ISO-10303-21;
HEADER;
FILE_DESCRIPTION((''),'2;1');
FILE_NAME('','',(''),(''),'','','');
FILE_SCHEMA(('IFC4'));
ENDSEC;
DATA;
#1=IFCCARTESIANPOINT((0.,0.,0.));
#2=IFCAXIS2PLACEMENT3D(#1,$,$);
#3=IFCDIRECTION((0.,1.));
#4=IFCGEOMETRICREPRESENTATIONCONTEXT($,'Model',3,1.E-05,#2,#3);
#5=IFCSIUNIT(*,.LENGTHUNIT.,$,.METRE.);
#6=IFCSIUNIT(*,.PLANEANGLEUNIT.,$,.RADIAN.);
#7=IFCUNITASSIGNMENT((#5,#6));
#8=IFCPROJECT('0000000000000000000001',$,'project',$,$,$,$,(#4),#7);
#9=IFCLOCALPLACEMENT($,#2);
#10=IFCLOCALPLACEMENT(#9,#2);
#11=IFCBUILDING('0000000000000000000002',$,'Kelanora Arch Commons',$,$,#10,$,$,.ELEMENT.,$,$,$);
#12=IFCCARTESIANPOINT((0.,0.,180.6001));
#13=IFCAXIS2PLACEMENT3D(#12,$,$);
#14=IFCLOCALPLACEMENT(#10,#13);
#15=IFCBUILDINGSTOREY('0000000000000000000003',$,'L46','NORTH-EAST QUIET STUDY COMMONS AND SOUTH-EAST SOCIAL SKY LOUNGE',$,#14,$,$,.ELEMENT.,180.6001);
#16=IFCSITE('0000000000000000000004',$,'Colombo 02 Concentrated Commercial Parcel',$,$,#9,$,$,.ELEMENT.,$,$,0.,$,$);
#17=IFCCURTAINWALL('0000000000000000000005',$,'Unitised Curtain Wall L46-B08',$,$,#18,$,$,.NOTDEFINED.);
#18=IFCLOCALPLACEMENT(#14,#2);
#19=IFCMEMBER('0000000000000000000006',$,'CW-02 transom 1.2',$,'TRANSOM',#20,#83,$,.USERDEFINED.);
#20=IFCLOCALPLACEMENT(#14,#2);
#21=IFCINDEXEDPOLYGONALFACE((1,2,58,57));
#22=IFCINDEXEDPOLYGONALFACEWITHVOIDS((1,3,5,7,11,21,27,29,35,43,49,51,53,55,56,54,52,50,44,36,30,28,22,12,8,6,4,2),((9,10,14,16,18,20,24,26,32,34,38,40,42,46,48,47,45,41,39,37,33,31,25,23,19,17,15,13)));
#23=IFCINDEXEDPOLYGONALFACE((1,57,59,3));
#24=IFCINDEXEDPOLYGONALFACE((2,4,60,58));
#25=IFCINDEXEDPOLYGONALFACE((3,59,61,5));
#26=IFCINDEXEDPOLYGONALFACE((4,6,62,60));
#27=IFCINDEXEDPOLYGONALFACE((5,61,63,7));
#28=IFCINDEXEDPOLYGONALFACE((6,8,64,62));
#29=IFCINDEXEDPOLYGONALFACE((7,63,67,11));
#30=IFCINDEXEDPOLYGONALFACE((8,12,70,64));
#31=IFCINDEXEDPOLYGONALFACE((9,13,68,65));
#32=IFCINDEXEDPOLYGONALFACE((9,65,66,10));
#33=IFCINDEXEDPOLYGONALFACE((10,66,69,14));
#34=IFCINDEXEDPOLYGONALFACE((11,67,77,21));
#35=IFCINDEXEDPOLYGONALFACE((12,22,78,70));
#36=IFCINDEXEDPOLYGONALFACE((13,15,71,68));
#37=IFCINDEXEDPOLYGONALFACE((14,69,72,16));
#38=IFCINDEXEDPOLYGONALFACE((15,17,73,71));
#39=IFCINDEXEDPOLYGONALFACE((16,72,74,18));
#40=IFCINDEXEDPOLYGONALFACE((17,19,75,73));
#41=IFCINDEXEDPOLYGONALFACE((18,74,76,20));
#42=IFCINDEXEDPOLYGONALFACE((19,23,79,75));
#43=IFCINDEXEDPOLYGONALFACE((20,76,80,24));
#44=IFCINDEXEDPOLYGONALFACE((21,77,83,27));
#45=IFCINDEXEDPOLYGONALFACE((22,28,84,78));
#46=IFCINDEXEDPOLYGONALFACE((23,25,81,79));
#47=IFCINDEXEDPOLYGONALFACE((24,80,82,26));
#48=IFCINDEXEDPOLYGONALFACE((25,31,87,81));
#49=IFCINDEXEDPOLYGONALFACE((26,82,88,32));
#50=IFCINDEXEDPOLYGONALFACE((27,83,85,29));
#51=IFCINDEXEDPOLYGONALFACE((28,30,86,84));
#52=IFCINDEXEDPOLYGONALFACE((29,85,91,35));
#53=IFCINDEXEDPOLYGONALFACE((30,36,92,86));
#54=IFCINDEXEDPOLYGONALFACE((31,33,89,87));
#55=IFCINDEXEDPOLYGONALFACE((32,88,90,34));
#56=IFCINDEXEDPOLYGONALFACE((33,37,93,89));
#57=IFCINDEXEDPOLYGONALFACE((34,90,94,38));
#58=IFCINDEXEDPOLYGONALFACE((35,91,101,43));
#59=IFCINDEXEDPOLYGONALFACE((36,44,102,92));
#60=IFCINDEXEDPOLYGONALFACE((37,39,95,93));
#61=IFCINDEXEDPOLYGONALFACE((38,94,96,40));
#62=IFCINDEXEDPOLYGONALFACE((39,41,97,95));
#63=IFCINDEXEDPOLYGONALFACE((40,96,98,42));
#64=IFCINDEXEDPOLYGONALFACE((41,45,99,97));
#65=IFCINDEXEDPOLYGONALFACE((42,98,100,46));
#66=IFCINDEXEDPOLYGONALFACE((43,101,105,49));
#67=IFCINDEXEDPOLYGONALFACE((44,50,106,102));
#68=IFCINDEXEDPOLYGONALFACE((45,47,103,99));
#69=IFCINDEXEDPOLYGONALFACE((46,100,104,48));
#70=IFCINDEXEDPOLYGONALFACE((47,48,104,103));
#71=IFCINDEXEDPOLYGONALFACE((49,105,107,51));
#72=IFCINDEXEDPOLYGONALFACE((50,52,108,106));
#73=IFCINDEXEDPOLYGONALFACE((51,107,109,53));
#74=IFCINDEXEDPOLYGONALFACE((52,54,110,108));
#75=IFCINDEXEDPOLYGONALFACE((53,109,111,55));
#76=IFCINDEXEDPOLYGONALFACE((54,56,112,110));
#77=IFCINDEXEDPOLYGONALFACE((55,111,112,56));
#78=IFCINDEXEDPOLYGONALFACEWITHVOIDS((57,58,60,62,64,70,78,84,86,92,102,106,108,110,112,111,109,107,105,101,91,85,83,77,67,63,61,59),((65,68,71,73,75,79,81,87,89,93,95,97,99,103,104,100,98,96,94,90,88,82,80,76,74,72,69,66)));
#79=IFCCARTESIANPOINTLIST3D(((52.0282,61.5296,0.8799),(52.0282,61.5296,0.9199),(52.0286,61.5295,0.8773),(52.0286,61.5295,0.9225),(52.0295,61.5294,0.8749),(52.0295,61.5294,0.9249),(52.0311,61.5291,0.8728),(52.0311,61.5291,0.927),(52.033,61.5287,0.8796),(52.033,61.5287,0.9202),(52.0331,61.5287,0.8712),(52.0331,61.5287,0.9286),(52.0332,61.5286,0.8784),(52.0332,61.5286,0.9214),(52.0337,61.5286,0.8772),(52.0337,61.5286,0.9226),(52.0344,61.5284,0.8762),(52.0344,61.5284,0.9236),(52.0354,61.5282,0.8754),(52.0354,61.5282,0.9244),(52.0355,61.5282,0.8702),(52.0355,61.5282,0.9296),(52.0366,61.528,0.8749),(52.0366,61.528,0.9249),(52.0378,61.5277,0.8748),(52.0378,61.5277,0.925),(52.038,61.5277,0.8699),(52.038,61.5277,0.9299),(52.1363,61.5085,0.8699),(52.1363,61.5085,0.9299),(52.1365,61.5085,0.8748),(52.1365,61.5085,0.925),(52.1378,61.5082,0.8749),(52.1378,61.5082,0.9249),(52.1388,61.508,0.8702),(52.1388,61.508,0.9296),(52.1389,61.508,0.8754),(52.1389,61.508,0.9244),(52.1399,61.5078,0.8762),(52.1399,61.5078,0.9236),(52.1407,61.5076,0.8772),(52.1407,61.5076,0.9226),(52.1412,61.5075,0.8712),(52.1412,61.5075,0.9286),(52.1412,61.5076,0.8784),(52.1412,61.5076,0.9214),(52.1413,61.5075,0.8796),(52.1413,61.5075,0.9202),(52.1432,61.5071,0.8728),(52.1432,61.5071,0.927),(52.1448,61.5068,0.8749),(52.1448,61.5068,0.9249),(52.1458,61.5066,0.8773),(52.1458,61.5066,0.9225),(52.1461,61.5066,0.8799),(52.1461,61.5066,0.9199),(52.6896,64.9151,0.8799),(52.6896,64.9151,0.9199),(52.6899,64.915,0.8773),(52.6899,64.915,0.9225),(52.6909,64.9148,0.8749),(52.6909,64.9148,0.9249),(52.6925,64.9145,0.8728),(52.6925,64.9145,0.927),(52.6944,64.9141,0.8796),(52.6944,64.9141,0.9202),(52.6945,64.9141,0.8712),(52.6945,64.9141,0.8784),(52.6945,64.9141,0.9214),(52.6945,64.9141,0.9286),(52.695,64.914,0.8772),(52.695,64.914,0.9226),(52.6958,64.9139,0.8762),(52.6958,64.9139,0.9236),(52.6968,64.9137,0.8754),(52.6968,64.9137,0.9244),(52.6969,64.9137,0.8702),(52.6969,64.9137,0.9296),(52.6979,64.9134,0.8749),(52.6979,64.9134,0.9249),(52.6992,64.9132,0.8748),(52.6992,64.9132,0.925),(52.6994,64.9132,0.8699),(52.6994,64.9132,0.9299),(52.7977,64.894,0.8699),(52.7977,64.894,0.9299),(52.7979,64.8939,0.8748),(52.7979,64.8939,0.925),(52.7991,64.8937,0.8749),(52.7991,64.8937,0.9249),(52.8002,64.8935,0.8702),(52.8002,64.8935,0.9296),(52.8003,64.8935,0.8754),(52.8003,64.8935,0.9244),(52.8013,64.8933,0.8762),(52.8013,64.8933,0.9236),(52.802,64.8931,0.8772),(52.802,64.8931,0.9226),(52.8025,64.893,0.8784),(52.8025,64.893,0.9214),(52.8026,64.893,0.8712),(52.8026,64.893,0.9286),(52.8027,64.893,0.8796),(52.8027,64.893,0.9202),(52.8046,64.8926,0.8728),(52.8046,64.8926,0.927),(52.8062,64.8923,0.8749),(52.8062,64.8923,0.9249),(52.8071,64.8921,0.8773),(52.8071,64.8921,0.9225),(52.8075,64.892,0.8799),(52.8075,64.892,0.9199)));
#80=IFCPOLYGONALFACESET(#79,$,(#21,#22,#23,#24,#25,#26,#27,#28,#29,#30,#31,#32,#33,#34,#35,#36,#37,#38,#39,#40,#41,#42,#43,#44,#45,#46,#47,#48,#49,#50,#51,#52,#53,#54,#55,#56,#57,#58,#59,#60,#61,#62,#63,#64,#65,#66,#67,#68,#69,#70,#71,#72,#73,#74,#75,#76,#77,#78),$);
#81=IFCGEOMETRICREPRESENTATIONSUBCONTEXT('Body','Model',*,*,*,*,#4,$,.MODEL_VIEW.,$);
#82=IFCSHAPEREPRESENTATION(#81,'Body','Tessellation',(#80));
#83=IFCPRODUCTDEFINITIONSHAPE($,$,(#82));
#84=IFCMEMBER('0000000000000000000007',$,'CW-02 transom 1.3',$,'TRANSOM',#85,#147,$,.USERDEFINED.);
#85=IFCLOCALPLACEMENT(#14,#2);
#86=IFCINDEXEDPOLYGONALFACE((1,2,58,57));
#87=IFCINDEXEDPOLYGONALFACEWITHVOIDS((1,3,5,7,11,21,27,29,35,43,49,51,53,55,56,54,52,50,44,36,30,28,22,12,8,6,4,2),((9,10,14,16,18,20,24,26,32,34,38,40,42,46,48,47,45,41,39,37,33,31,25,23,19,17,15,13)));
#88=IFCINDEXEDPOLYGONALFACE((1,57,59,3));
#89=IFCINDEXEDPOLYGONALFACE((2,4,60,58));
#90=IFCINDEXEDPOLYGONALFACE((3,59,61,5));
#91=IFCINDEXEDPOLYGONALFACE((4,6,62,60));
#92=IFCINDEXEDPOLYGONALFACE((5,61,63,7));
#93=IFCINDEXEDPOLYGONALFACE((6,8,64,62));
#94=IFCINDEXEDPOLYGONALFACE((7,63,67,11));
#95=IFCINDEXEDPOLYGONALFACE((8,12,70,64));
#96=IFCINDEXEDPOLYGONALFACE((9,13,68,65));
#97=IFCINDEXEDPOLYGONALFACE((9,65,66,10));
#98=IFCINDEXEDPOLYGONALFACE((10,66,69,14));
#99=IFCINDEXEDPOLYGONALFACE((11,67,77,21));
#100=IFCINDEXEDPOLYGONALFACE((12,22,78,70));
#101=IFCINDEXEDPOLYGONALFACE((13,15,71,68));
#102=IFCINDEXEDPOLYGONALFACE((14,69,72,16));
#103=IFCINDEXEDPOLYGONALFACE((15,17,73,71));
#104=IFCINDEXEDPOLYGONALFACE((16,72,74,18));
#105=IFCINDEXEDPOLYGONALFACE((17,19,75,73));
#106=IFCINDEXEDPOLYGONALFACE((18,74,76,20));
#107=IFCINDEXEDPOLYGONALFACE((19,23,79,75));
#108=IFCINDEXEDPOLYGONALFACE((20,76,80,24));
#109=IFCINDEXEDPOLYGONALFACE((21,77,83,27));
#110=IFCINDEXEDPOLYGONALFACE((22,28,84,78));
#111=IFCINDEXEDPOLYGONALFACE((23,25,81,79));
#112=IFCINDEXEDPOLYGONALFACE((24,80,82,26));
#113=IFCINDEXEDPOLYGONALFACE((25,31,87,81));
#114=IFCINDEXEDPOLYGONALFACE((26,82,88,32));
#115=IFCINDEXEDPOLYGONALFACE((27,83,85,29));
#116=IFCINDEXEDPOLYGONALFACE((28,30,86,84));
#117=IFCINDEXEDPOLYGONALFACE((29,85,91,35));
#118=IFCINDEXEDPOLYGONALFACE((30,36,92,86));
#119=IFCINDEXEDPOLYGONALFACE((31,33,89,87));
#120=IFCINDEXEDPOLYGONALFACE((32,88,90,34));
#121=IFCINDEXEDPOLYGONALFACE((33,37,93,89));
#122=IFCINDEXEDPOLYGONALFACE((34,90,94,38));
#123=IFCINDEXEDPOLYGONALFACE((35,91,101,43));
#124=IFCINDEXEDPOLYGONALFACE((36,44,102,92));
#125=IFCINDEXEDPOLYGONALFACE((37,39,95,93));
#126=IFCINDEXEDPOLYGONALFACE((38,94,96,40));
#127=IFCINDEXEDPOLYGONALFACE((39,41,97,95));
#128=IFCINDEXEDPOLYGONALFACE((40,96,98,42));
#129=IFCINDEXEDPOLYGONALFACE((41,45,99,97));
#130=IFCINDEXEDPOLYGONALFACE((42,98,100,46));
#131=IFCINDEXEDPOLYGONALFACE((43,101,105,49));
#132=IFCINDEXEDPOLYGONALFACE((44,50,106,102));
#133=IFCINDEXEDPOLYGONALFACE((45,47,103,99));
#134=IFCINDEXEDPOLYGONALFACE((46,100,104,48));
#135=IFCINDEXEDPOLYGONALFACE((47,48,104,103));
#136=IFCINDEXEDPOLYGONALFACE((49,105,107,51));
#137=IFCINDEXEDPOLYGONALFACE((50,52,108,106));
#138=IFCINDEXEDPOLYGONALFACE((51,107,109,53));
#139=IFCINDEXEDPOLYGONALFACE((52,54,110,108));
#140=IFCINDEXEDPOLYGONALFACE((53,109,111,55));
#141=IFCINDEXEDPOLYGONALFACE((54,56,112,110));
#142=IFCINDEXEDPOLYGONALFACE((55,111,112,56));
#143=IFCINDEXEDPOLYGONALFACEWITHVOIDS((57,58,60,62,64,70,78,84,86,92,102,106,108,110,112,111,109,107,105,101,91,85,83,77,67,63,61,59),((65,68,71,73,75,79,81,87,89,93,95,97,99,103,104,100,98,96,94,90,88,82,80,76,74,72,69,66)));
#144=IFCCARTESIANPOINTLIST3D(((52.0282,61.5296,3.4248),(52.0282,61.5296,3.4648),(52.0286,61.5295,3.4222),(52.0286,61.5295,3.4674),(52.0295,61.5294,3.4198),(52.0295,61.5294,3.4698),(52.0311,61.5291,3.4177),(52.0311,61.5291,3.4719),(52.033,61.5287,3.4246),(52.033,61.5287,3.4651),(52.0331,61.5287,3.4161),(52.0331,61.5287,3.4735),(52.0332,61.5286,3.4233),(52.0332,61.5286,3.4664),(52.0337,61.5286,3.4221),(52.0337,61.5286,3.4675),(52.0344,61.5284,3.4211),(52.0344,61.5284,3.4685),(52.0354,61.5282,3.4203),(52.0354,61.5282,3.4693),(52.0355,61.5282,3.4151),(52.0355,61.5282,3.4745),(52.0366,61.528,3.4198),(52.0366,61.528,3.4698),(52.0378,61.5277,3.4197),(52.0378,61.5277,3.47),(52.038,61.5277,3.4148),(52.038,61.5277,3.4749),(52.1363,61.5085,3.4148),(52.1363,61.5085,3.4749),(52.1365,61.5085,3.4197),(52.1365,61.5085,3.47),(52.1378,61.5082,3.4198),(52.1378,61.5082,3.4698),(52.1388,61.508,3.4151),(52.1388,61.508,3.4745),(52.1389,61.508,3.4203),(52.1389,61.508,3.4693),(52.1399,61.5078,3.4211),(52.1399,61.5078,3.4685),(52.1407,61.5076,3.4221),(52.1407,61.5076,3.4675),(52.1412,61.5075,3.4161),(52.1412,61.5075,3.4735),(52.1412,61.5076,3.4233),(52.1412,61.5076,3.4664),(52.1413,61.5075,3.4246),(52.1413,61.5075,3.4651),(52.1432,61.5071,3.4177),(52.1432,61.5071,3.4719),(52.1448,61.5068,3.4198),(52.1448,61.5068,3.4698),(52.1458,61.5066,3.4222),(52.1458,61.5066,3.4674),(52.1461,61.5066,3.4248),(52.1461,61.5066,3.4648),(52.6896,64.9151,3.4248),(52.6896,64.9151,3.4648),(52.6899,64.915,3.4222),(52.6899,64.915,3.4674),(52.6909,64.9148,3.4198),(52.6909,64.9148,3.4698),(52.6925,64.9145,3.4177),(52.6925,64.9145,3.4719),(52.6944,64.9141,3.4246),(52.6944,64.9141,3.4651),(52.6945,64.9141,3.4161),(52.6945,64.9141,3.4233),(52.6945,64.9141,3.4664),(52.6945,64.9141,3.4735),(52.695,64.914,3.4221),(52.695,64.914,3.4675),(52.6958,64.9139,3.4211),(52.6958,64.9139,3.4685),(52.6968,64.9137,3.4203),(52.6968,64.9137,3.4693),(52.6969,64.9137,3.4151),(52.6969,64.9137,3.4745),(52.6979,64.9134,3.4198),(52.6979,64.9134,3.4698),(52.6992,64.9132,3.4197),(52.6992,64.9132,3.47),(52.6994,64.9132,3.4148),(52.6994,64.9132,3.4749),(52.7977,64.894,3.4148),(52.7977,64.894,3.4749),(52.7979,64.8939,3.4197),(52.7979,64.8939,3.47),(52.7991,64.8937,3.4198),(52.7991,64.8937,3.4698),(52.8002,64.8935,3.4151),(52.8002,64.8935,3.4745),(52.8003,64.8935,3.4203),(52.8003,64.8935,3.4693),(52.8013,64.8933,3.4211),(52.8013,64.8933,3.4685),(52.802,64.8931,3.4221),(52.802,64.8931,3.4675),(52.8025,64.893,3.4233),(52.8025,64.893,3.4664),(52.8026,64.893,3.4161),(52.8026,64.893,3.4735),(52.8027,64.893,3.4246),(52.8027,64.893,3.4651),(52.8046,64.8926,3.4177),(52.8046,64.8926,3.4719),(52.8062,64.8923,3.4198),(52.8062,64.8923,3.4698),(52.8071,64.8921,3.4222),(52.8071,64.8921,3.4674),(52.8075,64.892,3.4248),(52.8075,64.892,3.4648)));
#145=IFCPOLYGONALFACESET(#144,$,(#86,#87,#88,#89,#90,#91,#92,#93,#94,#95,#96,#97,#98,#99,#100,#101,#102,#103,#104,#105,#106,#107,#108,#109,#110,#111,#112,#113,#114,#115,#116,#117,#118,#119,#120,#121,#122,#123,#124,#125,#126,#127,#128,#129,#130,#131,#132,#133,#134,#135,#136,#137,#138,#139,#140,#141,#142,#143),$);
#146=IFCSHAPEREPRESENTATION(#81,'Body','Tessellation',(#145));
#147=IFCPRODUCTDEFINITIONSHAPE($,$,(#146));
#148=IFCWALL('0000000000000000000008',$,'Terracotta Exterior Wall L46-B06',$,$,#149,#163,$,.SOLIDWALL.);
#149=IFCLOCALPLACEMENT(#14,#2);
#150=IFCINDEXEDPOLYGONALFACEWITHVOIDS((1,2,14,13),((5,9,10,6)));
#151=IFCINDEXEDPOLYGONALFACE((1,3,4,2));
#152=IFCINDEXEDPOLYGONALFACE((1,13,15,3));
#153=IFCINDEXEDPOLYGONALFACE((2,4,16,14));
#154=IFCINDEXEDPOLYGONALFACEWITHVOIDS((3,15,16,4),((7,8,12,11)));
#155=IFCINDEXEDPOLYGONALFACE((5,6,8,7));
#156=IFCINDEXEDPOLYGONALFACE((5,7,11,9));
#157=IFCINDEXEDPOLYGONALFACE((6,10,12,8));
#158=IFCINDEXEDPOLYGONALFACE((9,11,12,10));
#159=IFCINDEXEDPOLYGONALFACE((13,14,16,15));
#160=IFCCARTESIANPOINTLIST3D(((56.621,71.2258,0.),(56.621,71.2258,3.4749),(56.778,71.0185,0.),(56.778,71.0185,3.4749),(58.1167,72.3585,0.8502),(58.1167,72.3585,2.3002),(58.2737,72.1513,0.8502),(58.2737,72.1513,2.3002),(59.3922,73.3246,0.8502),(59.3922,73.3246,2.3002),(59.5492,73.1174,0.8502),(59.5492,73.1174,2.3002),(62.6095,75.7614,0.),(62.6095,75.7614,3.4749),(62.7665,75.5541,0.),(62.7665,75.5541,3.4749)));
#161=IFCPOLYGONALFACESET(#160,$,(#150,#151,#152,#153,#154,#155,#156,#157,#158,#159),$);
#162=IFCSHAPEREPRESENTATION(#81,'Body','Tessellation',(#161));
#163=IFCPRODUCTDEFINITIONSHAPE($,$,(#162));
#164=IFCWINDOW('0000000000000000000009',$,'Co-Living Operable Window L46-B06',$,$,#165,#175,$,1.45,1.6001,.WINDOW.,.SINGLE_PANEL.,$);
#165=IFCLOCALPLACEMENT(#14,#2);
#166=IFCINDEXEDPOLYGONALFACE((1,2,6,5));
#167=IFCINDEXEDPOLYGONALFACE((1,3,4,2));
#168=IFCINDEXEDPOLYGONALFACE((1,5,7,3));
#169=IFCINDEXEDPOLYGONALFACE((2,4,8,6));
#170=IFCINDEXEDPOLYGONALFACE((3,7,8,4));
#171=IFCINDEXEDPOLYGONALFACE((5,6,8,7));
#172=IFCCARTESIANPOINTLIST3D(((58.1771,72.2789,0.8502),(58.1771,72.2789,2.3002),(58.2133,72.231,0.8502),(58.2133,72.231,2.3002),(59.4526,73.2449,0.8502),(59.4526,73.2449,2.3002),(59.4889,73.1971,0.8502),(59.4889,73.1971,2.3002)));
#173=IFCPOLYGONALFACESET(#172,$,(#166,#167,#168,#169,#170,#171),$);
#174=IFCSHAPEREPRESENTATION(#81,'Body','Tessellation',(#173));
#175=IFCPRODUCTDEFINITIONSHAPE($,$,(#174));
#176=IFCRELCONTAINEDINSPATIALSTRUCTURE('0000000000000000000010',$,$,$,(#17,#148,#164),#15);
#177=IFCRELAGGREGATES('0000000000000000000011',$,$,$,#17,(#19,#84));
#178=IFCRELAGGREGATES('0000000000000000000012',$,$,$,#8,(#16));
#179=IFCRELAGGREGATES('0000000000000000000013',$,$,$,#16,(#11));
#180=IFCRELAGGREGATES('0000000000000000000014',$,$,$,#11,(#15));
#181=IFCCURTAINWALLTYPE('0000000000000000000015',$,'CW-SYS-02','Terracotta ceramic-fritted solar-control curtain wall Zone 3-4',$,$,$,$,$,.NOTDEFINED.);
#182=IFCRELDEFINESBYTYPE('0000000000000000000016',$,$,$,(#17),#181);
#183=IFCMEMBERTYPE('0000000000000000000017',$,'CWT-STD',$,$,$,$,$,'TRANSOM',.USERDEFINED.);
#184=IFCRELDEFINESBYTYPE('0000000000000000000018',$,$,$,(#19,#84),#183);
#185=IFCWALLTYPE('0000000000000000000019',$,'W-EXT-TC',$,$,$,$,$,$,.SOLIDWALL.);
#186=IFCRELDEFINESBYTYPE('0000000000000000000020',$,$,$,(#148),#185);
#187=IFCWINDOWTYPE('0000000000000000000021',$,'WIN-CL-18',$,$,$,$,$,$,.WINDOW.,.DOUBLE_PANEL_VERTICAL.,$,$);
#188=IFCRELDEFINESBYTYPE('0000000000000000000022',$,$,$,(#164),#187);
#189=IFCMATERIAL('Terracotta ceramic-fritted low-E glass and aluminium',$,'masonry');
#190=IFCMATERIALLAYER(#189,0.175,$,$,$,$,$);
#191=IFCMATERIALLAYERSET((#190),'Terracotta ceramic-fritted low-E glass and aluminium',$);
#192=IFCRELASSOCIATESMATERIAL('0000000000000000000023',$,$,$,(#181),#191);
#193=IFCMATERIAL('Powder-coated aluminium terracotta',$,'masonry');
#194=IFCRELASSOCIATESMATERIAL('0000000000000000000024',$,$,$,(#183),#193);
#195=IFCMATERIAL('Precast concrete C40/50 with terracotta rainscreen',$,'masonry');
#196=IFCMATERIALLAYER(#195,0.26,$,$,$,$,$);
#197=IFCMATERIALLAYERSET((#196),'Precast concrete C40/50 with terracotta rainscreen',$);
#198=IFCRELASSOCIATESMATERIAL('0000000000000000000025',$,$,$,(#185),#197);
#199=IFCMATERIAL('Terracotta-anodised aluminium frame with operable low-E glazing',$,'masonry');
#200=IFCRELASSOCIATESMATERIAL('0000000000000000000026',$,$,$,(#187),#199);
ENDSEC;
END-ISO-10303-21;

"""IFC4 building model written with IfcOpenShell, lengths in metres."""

from ifc_helpers import new_model, si_unit, direction, frame, frame_2d, origin, origin_2d, place, context, subcontext, project, spatial, rectangle, hollow_rectangle, extrude, material, layer, layer_set, material_profile, profile_set, type_object, element, fill, aggregate, save


model = new_model("IFC4")

# Units and contexts
model_context = context("Model", 3, precision=1e-05, world=origin(), true_north=direction((0.0, 1.0)))
body_context = subcontext(model_context, "Body", "Model", "MODEL_VIEW")
ifc_project = project(units=[si_unit("LENGTHUNIT", "METRE"), si_unit("PLANEANGLEUNIT", "RADIAN")], contexts=[model_context])

# Site, building, storey
site_placement = place(None, origin())
site = spatial("IfcSite", under=ifc_project, at=site_placement, Name="Colombo 02 Concentrated Commercial Parcel", CompositionType="ELEMENT", RefElevation=0.0)
building_placement = place(site_placement, origin())
building = spatial("IfcBuilding", under=site, at=building_placement, Name="Kelanora Arch Commons", CompositionType="ELEMENT")
storey_placement = place(building_placement, frame((0.0, 0.0, 180.6001)))
storey = spatial("IfcBuildingStorey", under=building, at=storey_placement, Name="L46", Description="NORTH-EAST QUIET STUDY COMMONS AND SOUTH-EAST SOCIAL SKY LOUNGE", CompositionType="ELEMENT", Elevation=180.6001)

# Shared definitions
ifc_material_1 = material(Name="Terracotta ceramic-fritted low-E glass and aluminium", Category="masonry")
ifc_layer_1 = layer(ifc_material_1, 0.175)
ifc_layer_set_1 = layer_set([ifc_layer_1], Name="Terracotta ceramic-fritted low-E glass and aluminium")
curtain_wall_type = type_object("IfcCurtainWallType", Name="CW-SYS-02", Description="Terracotta ceramic-fritted solar-control curtain wall Zone 3-4", PredefinedType="NOTDEFINED", material=ifc_layer_set_1)
ifc_material_2 = material(Name="Powder-coated aluminium terracotta", Category="masonry")

# Curtain wall, members
curtain_wall_1_placement = place(storey_placement, origin())
curtain_wall_1 = element("IfcCurtainWall", 1, at=curtain_wall_1_placement, inside=storey, type_object=curtain_wall_type, Name="Unitised Curtain Wall L46-B08", PredefinedType="NOTDEFINED")
ifc_material_profile_1 = material_profile(ifc_material_2, hollow_rectangle(XDim=0.1201, YDim=0.0601, WallThickness=0.0049, InnerFilletRadius=0.0049, OuterFilletRadius=0.01, at=origin_2d()), Name="CWT120x60")
ifc_profile_set_1 = profile_set([ifc_material_profile_1], Name="Powder-coated aluminium terracotta")
member_type_1 = type_object("IfcMemberType", Name="CWT-STD", ElementType="TRANSOM", PredefinedType="USERDEFINED", material=ifc_profile_set_1)
member_1_placement = place(storey_placement, frame((52.7485, 64.9036, 0.8999), z_axis=(-0.191732, -0.981447, 0.0), x_axis=(0.981447, -0.191732, 0.0)))
member_1 = element("IfcMember", 2, at=member_1_placement, type_object=member_type_1, Name="CW-02 transom 1.2", ObjectType="TRANSOM", PredefinedType="USERDEFINED", context=body_context, shape_type="SweptSolid", body=[
    extrude(hollow_rectangle(XDim=0.1201, YDim=0.0601, WallThickness=0.0049, InnerFilletRadius=0.0049, OuterFilletRadius=0.01, at=origin_2d()), origin(), (0.0, 0.0, 1.0), 3.4495),
])
member_2_placement = place(storey_placement, frame((52.7485, 64.9036, 3.4448), z_axis=(-0.191732, -0.981447, 0.0), x_axis=(0.981447, -0.191732, 0.0)))
member_2 = element("IfcMember", 3, at=member_2_placement, type_object=member_type_1, Name="CW-02 transom 1.3", ObjectType="TRANSOM", PredefinedType="USERDEFINED", context=body_context, shape_type="SweptSolid", body=[
    extrude(hollow_rectangle(XDim=0.1201, YDim=0.0601, WallThickness=0.0049, InnerFilletRadius=0.0049, OuterFilletRadius=0.01, at=origin_2d()), origin(), (0.0, 0.0, 1.0), 3.4495),
])
aggregate(curtain_wall_1, [member_1, member_2])

# Wall, opening, window
ifc_material_3 = material(Name="Precast concrete C40/50 with terracotta rainscreen", Category="masonry")
ifc_layer_2 = layer(ifc_material_3, 0.26)
ifc_layer_set_2 = layer_set([ifc_layer_2], Name="Precast concrete C40/50 with terracotta rainscreen")
wall_type_1 = type_object("IfcWallType", Name="W-EXT-TC", PredefinedType="SOLIDWALL", material=ifc_layer_set_2)
wall_1_placement = place(storey_placement, frame((62.688, 75.6577, 0.0), z_axis=(0.0, 0.0, 1.0), x_axis=(-0.797164, -0.603763, 0.0)))
wall_1 = element("IfcWall", 4, at=wall_1_placement, inside=storey, type_object=wall_type_1, Name="Terracotta Exterior Wall L46-B06", PredefinedType="SOLIDWALL", context=body_context, shape_type="SweptSolid", body=[
    extrude(rectangle(XDim=7.5122, YDim=0.26, at=frame_2d((3.7561, 0.0))), origin(), (0.0, 0.0, 1.0), 3.4749),
])
opening_1_placement = place(wall_1_placement, frame((4.0359, 0.0, 0.8501)))
opening_1 = element("IfcOpeningElement", 5, at=opening_1_placement, cuts=wall_1, PredefinedType="OPENING", context=body_context, shape_type="SweptSolid", body=[
    extrude(rectangle(XDim=1.6001, YDim=1.45, at=frame_2d((0.8, 0.7251))), frame((0.0, 0.1401, 0.0), z_axis=(0.0, -1.0, 0.0), x_axis=(1.0, 0.0, 0.0)), (0.0, 0.0, 1.0), 0.28),
])
ifc_material_4 = material(Name="Terracotta-anodised aluminium frame with operable low-E glazing", Category="masonry")
window_type_1 = type_object("IfcWindowType", Name="WIN-CL-18", PartitioningType="DOUBLE_PANEL_VERTICAL", PredefinedType="WINDOW", material=ifc_material_4)
window_1_placement = place(opening_1_placement, origin())
window_1 = element("IfcWindow", 6, at=window_1_placement, inside=storey, type_object=window_type_1, Name="Co-Living Operable Window L46-B06", OverallHeight=1.45, OverallWidth=1.6001, PartitioningType="SINGLE_PANEL", PredefinedType="WINDOW", context=body_context, shape_type="SweptSolid", body=[
    extrude(rectangle(XDim=1.6001, YDim=1.45, at=frame_2d((0.8, 0.7251))), frame((0.0, 0.03, 0.0), z_axis=(0.0, -1.0, 0.0), x_axis=(1.0, 0.0, 0.0)), (0.0, 0.0, 1.0), 0.0601),
])
fill(opening_1, window_1)

save(model, "model.ifc")
